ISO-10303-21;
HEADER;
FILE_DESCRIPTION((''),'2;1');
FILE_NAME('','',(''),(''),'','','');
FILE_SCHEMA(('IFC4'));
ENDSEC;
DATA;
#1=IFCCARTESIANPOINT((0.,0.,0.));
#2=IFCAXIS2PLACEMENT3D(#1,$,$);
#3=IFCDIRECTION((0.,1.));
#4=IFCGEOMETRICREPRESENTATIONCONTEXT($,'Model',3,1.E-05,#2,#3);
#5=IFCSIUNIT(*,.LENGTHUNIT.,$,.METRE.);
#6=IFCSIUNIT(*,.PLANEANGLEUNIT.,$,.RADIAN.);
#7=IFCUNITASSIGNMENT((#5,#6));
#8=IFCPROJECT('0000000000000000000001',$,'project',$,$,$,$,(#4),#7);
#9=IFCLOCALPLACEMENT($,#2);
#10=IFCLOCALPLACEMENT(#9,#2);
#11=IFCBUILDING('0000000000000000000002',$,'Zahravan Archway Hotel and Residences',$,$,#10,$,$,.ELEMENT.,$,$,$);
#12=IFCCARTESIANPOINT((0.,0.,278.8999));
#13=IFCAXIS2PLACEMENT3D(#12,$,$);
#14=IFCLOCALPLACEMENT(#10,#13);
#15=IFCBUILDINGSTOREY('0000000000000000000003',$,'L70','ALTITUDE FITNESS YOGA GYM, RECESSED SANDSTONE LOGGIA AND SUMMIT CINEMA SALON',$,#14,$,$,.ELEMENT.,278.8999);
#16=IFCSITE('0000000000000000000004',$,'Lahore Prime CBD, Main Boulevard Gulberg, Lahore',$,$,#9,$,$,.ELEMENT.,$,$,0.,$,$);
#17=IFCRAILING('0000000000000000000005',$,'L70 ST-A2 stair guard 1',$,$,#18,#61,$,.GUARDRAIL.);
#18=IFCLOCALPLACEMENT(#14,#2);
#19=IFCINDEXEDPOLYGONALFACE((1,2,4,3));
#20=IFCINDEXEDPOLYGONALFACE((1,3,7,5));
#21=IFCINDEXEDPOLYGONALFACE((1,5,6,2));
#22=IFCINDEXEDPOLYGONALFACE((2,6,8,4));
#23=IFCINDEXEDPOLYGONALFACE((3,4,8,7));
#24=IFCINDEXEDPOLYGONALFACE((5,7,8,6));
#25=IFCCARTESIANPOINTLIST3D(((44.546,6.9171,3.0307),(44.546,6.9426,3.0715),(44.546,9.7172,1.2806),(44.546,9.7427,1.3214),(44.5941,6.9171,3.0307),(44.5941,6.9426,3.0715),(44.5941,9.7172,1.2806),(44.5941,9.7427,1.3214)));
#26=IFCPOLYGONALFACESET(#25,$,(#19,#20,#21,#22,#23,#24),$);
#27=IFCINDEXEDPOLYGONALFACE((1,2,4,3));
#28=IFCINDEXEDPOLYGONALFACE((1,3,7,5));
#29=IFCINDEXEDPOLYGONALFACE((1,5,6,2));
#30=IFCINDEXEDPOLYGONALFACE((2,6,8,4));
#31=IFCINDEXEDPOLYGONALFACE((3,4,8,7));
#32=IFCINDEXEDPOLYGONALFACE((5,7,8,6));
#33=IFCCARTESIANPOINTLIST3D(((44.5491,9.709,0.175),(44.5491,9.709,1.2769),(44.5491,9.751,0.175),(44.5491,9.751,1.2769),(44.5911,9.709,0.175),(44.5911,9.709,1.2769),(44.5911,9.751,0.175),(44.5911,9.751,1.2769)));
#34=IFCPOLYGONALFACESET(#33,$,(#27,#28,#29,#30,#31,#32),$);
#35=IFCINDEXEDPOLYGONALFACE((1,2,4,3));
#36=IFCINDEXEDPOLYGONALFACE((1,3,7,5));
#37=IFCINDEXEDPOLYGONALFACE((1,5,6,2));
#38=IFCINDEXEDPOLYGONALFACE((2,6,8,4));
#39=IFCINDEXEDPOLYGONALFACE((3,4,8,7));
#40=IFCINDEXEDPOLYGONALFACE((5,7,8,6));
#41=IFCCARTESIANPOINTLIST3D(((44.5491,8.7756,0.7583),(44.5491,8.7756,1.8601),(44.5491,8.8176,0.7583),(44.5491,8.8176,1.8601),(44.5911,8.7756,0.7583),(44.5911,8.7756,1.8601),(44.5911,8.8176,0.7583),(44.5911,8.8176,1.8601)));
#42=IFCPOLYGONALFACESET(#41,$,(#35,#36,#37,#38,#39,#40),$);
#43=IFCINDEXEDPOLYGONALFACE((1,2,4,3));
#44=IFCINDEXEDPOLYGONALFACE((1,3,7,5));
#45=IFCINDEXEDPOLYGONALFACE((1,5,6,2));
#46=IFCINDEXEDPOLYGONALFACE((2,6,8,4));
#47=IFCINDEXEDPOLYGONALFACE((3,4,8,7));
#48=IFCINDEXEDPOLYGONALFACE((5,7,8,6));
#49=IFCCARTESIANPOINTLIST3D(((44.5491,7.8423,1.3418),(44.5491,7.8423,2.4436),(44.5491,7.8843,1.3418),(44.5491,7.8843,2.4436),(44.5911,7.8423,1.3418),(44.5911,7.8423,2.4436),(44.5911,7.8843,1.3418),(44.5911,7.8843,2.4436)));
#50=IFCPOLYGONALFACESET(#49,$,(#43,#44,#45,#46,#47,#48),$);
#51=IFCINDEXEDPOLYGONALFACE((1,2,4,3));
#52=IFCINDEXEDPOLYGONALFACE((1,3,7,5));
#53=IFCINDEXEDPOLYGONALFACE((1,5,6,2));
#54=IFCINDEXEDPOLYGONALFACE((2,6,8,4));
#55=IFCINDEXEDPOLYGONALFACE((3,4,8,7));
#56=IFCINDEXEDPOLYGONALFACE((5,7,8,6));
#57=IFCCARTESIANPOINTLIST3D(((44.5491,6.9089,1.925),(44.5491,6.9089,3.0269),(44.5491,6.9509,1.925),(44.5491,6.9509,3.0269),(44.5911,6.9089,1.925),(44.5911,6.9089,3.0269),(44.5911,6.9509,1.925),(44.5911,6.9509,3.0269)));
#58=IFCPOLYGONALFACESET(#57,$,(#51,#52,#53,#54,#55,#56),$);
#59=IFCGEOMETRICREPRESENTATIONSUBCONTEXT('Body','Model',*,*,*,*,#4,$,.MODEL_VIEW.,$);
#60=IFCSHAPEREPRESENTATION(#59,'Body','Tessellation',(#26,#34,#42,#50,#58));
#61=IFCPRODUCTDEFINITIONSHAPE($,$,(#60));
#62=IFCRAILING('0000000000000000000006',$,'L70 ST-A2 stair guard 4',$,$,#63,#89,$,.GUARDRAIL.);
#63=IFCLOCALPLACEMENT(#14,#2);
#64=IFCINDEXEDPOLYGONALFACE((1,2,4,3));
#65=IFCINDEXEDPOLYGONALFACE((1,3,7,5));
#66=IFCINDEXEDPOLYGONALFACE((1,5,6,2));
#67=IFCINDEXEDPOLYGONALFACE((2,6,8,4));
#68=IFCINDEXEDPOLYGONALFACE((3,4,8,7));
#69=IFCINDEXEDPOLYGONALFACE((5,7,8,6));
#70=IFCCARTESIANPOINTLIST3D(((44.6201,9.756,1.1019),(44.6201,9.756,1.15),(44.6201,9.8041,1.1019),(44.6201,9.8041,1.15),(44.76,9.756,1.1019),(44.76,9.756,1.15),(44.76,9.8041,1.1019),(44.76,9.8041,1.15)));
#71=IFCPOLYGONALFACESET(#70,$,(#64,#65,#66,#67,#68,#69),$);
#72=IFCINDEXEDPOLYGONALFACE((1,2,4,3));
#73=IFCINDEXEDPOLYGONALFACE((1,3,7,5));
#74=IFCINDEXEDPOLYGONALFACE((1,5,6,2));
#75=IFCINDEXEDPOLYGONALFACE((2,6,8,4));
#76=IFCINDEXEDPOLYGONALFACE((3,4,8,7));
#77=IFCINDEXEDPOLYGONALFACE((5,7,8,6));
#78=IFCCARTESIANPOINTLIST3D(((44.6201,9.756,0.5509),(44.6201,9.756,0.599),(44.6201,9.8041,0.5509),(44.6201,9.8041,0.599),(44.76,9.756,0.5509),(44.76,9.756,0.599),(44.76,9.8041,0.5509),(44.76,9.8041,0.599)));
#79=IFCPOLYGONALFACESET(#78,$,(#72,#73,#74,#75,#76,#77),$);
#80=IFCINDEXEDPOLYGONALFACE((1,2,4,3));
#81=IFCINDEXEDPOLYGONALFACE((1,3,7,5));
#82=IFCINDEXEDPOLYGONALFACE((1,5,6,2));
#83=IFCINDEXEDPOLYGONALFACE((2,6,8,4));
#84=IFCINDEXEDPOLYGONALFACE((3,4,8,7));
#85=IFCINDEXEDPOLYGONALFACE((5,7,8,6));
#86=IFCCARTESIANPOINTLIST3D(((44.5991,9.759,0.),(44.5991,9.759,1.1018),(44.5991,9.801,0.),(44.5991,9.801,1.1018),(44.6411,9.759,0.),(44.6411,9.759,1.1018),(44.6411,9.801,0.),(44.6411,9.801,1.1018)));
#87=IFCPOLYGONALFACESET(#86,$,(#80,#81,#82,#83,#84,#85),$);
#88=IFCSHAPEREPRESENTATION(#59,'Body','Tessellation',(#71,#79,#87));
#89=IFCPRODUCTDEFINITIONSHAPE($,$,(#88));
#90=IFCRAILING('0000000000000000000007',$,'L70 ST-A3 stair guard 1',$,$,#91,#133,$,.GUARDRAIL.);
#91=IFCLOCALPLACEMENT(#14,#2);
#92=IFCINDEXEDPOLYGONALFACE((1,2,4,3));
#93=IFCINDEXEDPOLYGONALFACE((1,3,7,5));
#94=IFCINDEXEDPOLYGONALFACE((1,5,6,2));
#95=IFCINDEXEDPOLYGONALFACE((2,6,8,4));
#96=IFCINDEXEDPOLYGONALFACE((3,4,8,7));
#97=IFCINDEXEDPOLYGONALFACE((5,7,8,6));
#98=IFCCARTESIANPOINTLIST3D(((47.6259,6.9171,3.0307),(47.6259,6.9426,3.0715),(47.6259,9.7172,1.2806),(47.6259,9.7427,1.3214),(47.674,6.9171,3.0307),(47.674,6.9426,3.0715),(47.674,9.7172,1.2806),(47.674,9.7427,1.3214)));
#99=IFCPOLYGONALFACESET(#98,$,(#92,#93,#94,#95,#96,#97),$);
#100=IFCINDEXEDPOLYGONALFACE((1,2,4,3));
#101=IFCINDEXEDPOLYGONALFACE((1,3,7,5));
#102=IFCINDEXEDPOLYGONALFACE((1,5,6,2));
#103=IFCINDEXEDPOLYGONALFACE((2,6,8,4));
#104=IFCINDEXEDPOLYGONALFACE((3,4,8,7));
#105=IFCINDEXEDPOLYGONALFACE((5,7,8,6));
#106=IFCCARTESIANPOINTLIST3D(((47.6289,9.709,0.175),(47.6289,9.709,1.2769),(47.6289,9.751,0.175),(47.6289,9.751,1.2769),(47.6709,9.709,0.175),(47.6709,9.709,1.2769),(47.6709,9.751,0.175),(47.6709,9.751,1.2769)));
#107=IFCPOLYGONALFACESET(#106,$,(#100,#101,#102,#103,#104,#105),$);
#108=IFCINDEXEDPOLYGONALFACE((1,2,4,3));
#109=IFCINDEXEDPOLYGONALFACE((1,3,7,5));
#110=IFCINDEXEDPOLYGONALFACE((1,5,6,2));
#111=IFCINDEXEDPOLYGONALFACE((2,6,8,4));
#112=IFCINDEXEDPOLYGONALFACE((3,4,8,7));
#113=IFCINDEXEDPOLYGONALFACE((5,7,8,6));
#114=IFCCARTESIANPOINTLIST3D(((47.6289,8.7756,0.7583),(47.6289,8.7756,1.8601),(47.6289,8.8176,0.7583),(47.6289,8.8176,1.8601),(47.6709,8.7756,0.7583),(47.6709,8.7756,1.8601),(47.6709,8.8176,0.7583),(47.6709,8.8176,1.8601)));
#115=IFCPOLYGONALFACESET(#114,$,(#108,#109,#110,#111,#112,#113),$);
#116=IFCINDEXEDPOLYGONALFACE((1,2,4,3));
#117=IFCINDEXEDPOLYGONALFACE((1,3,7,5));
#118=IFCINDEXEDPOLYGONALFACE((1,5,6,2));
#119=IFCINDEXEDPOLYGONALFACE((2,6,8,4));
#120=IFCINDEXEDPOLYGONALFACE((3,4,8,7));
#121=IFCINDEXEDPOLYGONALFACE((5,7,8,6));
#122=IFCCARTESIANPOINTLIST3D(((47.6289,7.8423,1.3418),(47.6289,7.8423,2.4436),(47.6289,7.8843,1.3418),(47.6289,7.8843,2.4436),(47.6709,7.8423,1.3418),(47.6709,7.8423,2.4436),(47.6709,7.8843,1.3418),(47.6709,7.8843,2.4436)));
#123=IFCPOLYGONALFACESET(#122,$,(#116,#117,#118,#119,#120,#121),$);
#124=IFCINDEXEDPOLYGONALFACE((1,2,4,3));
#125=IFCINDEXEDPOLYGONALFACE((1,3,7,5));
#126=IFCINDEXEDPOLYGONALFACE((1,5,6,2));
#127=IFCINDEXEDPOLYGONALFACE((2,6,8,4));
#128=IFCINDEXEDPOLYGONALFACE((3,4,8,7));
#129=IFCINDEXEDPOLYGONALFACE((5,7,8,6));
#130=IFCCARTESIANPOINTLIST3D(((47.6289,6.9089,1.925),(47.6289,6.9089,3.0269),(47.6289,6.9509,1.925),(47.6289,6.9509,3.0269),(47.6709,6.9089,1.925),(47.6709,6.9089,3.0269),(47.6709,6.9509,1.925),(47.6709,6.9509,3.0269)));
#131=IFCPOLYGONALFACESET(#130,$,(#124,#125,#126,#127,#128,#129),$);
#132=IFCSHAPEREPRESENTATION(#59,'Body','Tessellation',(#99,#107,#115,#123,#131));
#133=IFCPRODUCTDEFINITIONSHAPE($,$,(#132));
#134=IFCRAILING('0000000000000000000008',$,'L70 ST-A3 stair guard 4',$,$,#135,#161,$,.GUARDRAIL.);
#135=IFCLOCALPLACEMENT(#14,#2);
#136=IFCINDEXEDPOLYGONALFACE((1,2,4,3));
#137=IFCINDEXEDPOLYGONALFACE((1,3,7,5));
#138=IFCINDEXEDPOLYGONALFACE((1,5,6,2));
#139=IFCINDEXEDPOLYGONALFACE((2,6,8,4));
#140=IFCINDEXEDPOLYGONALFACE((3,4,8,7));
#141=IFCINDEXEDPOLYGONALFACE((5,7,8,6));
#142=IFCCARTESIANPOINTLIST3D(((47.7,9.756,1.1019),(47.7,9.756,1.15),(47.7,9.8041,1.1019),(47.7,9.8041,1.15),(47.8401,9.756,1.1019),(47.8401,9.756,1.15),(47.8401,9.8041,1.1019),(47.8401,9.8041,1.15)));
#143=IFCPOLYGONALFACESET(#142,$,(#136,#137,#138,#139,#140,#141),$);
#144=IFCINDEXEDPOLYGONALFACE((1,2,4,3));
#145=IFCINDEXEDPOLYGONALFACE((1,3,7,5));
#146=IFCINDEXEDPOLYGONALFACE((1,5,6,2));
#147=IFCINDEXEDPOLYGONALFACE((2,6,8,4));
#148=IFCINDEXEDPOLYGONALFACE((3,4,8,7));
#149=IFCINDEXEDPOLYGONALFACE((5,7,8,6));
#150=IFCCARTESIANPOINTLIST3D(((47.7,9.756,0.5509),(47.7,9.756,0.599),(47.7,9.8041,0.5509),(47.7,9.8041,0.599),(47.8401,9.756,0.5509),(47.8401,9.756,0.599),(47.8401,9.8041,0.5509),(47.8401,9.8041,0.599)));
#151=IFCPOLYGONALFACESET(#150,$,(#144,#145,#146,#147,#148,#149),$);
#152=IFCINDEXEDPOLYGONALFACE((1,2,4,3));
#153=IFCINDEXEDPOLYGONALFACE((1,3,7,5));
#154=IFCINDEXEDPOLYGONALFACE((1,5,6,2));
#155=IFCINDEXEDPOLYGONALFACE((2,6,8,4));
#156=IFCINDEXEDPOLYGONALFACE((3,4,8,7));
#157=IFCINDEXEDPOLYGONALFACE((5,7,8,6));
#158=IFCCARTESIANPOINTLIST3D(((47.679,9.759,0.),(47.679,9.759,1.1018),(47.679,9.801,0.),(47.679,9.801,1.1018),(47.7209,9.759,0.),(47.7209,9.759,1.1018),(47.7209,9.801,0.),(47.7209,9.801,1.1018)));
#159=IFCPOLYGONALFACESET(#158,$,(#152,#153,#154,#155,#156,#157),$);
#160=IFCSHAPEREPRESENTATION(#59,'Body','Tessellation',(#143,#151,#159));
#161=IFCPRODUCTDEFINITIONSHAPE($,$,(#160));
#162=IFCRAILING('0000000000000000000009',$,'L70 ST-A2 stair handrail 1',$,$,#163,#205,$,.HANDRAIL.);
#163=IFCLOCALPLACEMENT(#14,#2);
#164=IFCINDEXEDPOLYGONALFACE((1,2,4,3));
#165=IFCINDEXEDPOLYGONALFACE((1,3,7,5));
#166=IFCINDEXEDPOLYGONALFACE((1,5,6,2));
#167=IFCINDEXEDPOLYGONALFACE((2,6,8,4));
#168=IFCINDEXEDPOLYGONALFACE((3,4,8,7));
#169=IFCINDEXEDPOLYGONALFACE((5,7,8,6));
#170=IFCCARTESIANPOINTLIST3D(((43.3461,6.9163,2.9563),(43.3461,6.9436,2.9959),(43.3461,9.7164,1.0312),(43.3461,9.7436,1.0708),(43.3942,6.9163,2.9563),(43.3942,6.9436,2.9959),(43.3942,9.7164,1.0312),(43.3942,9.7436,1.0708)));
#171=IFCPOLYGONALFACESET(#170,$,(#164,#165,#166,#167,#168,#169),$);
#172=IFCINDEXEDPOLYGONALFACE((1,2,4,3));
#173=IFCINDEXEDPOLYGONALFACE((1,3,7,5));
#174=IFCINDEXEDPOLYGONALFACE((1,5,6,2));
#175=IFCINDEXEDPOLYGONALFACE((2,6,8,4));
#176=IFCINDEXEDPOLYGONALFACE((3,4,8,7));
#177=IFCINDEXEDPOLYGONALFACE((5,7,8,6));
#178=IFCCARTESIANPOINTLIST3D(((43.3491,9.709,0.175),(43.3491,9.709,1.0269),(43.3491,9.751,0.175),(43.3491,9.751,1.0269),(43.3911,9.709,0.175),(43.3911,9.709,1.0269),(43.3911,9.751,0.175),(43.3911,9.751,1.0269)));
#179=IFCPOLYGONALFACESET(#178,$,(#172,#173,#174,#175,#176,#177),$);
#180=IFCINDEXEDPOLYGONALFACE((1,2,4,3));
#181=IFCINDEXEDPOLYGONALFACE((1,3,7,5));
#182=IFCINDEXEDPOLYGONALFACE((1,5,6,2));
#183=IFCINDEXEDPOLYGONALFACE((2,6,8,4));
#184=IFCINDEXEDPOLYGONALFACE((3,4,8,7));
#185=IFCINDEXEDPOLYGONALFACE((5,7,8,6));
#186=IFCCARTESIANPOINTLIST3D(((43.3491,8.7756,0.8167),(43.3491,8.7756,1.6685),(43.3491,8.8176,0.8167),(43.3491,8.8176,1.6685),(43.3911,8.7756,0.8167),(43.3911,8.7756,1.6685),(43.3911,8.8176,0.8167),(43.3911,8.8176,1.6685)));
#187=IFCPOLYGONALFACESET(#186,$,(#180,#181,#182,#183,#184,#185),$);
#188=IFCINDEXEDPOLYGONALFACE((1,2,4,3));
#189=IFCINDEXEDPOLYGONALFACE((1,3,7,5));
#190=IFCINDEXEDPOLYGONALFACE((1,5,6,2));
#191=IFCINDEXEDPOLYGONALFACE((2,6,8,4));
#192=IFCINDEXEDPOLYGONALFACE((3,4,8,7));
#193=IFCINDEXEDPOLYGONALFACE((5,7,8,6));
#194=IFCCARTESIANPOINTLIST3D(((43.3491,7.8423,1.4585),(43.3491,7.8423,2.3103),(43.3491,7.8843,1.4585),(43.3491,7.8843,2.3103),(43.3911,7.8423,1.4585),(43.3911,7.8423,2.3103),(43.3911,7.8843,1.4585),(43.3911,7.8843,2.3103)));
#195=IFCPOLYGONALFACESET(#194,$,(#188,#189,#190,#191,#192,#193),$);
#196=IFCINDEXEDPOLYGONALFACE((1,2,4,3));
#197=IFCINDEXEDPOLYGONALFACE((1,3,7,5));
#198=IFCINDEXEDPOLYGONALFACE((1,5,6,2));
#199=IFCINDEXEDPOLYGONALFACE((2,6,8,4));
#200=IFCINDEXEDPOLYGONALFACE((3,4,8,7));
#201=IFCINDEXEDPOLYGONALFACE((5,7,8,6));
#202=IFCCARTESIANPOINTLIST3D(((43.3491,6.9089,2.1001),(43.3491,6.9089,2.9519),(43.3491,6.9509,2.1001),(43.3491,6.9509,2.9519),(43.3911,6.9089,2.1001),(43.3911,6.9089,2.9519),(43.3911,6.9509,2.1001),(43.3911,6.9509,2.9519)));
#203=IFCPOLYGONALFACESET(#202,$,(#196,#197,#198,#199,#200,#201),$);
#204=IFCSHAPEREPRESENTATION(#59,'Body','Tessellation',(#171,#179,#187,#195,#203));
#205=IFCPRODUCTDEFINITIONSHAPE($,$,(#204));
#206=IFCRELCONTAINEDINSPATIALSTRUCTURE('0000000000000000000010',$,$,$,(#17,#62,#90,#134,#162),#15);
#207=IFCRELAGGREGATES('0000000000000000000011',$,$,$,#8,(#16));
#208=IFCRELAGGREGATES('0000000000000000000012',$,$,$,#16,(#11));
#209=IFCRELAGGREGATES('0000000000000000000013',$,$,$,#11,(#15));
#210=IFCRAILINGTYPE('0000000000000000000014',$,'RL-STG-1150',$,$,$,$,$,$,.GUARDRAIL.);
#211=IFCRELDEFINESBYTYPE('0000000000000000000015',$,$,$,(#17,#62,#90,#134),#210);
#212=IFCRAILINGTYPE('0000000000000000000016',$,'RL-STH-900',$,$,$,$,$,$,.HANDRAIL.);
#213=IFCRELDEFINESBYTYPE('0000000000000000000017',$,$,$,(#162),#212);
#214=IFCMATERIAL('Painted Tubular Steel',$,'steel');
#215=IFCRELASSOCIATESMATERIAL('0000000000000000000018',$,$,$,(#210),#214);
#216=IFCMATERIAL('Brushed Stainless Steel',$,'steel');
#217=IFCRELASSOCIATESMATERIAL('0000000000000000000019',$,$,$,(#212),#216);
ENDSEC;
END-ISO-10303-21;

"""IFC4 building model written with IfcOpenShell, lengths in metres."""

from ifc_helpers import new_model, si_unit, direction, frame, origin, origin_2d, place, context, subcontext, project, spatial, rectangle, extrude, material, type_object, element, save


model = new_model("IFC4")

# Units and contexts
model_context = context("Model", 3, precision=1e-05, world=origin(), true_north=direction((0.0, 1.0)))
body_context = subcontext(model_context, "Body", "Model", "MODEL_VIEW")
ifc_project = project(units=[si_unit("LENGTHUNIT", "METRE"), si_unit("PLANEANGLEUNIT", "RADIAN")], contexts=[model_context])

# Site, building, storey
site_placement = place(None, origin())
site = spatial("IfcSite", under=ifc_project, at=site_placement, Name="Lahore Prime CBD, Main Boulevard Gulberg, Lahore", CompositionType="ELEMENT", RefElevation=0.0)
building_placement = place(site_placement, origin())
building = spatial("IfcBuilding", under=site, at=building_placement, Name="Zahravan Archway Hotel and Residences", CompositionType="ELEMENT")
storey_placement = place(building_placement, frame((0.0, 0.0, 278.8999)))
storey = spatial("IfcBuildingStorey", under=building, at=storey_placement, Name="L70", Description="ALTITUDE FITNESS YOGA GYM, RECESSED SANDSTONE LOGGIA AND SUMMIT CINEMA SALON", CompositionType="ELEMENT", Elevation=278.8999)

# Railings
ifc_material_1 = material(Name="Painted Tubular Steel", Category="steel")
railing_type_1 = type_object("IfcRailingType", Name="RL-STG-1150", PredefinedType="GUARDRAIL", material=ifc_material_1)
railing_1_placement = place(storey_placement, frame((44.5701, 9.73, 0.175)))
element("IfcRailing", 1, at=railing_1_placement, inside=storey, type_object=railing_type_1, Name="L70 ST-A2 stair guard 1", PredefinedType="GUARDRAIL", context=body_context, shape_type="SweptSolid", body=[
    extrude(rectangle(XDim=0.0481, YDim=0.0481, at=origin_2d()), frame((0.0, 0.0, 1.126), z_axis=(0.0, -0.848002, 0.529992), x_axis=(1.0, 0.0, 0.0)), (0.0, 0.0, 1.0), 3.302),
    extrude(rectangle(XDim=0.042, YDim=0.042, at=origin_2d()), origin(), (0.0, 0.0, 1.0), 1.1018),
    extrude(rectangle(XDim=0.042, YDim=0.042, at=origin_2d()), frame((0.0, -0.9333, 0.5833)), (0.0, 0.0, 1.0), 1.1018),
    extrude(rectangle(XDim=0.042, YDim=0.042, at=origin_2d()), frame((0.0, -1.8667, 1.1667)), (0.0, 0.0, 1.0), 1.1018),
    extrude(rectangle(XDim=0.042, YDim=0.042, at=origin_2d()), frame((0.0, -2.8, 1.75)), (0.0, 0.0, 1.0), 1.1018),
])
railing_2_placement = place(storey_placement, frame((44.6201, 9.78, 0.0)))
element("IfcRailing", 2, at=railing_2_placement, inside=storey, type_object=railing_type_1, Name="L70 ST-A2 stair guard 4", PredefinedType="GUARDRAIL", context=body_context, shape_type="SweptSolid", body=[
    extrude(rectangle(XDim=0.0481, YDim=0.0481, at=origin_2d()), frame((0.0, 0.0, 1.126), z_axis=(1.0, 0.0, 0.0), x_axis=(0.0, 1.0, 0.0)), (0.0, 0.0, 1.0), 0.1399),
    extrude(rectangle(XDim=0.0481, YDim=0.0481, at=origin_2d()), frame((0.0, 0.0, 0.575), z_axis=(1.0, 0.0, 0.0), x_axis=(0.0, 1.0, 0.0)), (0.0, 0.0, 1.0), 0.1399),
    extrude(rectangle(XDim=0.042, YDim=0.042, at=origin_2d()), origin(), (0.0, 0.0, 1.0), 1.1018),
])
railing_3_placement = place(storey_placement, frame((47.6499, 9.73, 0.175)))
element("IfcRailing", 3, at=railing_3_placement, inside=storey, type_object=railing_type_1, Name="L70 ST-A3 stair guard 1", PredefinedType="GUARDRAIL", context=body_context, shape_type="SweptSolid", body=[
    extrude(rectangle(XDim=0.0481, YDim=0.0481, at=origin_2d()), frame((0.0, 0.0, 1.126), z_axis=(0.0, -0.848002, 0.529992), x_axis=(1.0, 0.0, 0.0)), (0.0, 0.0, 1.0), 3.302),
    extrude(rectangle(XDim=0.042, YDim=0.042, at=origin_2d()), origin(), (0.0, 0.0, 1.0), 1.1018),
    extrude(rectangle(XDim=0.042, YDim=0.042, at=origin_2d()), frame((0.0, -0.9333, 0.5833)), (0.0, 0.0, 1.0), 1.1018),
    extrude(rectangle(XDim=0.042, YDim=0.042, at=origin_2d()), frame((0.0, -1.8667, 1.1667)), (0.0, 0.0, 1.0), 1.1018),
    extrude(rectangle(XDim=0.042, YDim=0.042, at=origin_2d()), frame((0.0, -2.8, 1.75)), (0.0, 0.0, 1.0), 1.1018),
])
railing_4_placement = place(storey_placement, frame((47.7, 9.78, 0.0)))
element("IfcRailing", 4, at=railing_4_placement, inside=storey, type_object=railing_type_1, Name="L70 ST-A3 stair guard 4", PredefinedType="GUARDRAIL", context=body_context, shape_type="SweptSolid", body=[
    extrude(rectangle(XDim=0.0481, YDim=0.0481, at=origin_2d()), frame((0.0, 0.0, 1.126), z_axis=(1.0, 0.0, 0.0), x_axis=(0.0, 1.0, 0.0)), (0.0, 0.0, 1.0), 0.1401),
    extrude(rectangle(XDim=0.0481, YDim=0.0481, at=origin_2d()), frame((0.0, 0.0, 0.575), z_axis=(1.0, 0.0, 0.0), x_axis=(0.0, 1.0, 0.0)), (0.0, 0.0, 1.0), 0.1401),
    extrude(rectangle(XDim=0.042, YDim=0.042, at=origin_2d()), origin(), (0.0, 0.0, 1.0), 1.1018),
])
ifc_material_2 = material(Name="Brushed Stainless Steel", Category="steel")
railing_type_2 = type_object("IfcRailingType", Name="RL-STH-900", PredefinedType="HANDRAIL", material=ifc_material_2)
for number, where, name in (
    (5, (43.3701, 9.73, 0.175), "L70 ST-A2 stair handrail 1"),
):
    element("IfcRailing", number, at=place(storey_placement, frame(where)), inside=storey, type_object=railing_type_2, Name=name, PredefinedType="HANDRAIL", context=body_context, shape_type="SweptSolid", body=[
        extrude(rectangle(XDim=0.0481, YDim=0.0481, at=origin_2d()), frame((0.0, 0.0, 0.876), z_axis=(0.0, -0.82404, 0.566532), x_axis=(1.0, 0.0, 0.0)), (0.0, 0.0, 1.0), 3.3979),
        extrude(rectangle(XDim=0.042, YDim=0.042, at=origin_2d()), origin(), (0.0, 0.0, 1.0), 0.8518),
        extrude(rectangle(XDim=0.042, YDim=0.042, at=origin_2d()), frame((0.0, -0.9333, 0.6416)), (0.0, 0.0, 1.0), 0.8518),
        extrude(rectangle(XDim=0.042, YDim=0.042, at=origin_2d()), frame((0.0, -1.8667, 1.2834)), (0.0, 0.0, 1.0), 0.8518),
        extrude(rectangle(XDim=0.042, YDim=0.042, at=origin_2d()), frame((0.0, -2.8, 1.925)), (0.0, 0.0, 1.0), 0.8518),
    ])

save(model, "model.ifc")
